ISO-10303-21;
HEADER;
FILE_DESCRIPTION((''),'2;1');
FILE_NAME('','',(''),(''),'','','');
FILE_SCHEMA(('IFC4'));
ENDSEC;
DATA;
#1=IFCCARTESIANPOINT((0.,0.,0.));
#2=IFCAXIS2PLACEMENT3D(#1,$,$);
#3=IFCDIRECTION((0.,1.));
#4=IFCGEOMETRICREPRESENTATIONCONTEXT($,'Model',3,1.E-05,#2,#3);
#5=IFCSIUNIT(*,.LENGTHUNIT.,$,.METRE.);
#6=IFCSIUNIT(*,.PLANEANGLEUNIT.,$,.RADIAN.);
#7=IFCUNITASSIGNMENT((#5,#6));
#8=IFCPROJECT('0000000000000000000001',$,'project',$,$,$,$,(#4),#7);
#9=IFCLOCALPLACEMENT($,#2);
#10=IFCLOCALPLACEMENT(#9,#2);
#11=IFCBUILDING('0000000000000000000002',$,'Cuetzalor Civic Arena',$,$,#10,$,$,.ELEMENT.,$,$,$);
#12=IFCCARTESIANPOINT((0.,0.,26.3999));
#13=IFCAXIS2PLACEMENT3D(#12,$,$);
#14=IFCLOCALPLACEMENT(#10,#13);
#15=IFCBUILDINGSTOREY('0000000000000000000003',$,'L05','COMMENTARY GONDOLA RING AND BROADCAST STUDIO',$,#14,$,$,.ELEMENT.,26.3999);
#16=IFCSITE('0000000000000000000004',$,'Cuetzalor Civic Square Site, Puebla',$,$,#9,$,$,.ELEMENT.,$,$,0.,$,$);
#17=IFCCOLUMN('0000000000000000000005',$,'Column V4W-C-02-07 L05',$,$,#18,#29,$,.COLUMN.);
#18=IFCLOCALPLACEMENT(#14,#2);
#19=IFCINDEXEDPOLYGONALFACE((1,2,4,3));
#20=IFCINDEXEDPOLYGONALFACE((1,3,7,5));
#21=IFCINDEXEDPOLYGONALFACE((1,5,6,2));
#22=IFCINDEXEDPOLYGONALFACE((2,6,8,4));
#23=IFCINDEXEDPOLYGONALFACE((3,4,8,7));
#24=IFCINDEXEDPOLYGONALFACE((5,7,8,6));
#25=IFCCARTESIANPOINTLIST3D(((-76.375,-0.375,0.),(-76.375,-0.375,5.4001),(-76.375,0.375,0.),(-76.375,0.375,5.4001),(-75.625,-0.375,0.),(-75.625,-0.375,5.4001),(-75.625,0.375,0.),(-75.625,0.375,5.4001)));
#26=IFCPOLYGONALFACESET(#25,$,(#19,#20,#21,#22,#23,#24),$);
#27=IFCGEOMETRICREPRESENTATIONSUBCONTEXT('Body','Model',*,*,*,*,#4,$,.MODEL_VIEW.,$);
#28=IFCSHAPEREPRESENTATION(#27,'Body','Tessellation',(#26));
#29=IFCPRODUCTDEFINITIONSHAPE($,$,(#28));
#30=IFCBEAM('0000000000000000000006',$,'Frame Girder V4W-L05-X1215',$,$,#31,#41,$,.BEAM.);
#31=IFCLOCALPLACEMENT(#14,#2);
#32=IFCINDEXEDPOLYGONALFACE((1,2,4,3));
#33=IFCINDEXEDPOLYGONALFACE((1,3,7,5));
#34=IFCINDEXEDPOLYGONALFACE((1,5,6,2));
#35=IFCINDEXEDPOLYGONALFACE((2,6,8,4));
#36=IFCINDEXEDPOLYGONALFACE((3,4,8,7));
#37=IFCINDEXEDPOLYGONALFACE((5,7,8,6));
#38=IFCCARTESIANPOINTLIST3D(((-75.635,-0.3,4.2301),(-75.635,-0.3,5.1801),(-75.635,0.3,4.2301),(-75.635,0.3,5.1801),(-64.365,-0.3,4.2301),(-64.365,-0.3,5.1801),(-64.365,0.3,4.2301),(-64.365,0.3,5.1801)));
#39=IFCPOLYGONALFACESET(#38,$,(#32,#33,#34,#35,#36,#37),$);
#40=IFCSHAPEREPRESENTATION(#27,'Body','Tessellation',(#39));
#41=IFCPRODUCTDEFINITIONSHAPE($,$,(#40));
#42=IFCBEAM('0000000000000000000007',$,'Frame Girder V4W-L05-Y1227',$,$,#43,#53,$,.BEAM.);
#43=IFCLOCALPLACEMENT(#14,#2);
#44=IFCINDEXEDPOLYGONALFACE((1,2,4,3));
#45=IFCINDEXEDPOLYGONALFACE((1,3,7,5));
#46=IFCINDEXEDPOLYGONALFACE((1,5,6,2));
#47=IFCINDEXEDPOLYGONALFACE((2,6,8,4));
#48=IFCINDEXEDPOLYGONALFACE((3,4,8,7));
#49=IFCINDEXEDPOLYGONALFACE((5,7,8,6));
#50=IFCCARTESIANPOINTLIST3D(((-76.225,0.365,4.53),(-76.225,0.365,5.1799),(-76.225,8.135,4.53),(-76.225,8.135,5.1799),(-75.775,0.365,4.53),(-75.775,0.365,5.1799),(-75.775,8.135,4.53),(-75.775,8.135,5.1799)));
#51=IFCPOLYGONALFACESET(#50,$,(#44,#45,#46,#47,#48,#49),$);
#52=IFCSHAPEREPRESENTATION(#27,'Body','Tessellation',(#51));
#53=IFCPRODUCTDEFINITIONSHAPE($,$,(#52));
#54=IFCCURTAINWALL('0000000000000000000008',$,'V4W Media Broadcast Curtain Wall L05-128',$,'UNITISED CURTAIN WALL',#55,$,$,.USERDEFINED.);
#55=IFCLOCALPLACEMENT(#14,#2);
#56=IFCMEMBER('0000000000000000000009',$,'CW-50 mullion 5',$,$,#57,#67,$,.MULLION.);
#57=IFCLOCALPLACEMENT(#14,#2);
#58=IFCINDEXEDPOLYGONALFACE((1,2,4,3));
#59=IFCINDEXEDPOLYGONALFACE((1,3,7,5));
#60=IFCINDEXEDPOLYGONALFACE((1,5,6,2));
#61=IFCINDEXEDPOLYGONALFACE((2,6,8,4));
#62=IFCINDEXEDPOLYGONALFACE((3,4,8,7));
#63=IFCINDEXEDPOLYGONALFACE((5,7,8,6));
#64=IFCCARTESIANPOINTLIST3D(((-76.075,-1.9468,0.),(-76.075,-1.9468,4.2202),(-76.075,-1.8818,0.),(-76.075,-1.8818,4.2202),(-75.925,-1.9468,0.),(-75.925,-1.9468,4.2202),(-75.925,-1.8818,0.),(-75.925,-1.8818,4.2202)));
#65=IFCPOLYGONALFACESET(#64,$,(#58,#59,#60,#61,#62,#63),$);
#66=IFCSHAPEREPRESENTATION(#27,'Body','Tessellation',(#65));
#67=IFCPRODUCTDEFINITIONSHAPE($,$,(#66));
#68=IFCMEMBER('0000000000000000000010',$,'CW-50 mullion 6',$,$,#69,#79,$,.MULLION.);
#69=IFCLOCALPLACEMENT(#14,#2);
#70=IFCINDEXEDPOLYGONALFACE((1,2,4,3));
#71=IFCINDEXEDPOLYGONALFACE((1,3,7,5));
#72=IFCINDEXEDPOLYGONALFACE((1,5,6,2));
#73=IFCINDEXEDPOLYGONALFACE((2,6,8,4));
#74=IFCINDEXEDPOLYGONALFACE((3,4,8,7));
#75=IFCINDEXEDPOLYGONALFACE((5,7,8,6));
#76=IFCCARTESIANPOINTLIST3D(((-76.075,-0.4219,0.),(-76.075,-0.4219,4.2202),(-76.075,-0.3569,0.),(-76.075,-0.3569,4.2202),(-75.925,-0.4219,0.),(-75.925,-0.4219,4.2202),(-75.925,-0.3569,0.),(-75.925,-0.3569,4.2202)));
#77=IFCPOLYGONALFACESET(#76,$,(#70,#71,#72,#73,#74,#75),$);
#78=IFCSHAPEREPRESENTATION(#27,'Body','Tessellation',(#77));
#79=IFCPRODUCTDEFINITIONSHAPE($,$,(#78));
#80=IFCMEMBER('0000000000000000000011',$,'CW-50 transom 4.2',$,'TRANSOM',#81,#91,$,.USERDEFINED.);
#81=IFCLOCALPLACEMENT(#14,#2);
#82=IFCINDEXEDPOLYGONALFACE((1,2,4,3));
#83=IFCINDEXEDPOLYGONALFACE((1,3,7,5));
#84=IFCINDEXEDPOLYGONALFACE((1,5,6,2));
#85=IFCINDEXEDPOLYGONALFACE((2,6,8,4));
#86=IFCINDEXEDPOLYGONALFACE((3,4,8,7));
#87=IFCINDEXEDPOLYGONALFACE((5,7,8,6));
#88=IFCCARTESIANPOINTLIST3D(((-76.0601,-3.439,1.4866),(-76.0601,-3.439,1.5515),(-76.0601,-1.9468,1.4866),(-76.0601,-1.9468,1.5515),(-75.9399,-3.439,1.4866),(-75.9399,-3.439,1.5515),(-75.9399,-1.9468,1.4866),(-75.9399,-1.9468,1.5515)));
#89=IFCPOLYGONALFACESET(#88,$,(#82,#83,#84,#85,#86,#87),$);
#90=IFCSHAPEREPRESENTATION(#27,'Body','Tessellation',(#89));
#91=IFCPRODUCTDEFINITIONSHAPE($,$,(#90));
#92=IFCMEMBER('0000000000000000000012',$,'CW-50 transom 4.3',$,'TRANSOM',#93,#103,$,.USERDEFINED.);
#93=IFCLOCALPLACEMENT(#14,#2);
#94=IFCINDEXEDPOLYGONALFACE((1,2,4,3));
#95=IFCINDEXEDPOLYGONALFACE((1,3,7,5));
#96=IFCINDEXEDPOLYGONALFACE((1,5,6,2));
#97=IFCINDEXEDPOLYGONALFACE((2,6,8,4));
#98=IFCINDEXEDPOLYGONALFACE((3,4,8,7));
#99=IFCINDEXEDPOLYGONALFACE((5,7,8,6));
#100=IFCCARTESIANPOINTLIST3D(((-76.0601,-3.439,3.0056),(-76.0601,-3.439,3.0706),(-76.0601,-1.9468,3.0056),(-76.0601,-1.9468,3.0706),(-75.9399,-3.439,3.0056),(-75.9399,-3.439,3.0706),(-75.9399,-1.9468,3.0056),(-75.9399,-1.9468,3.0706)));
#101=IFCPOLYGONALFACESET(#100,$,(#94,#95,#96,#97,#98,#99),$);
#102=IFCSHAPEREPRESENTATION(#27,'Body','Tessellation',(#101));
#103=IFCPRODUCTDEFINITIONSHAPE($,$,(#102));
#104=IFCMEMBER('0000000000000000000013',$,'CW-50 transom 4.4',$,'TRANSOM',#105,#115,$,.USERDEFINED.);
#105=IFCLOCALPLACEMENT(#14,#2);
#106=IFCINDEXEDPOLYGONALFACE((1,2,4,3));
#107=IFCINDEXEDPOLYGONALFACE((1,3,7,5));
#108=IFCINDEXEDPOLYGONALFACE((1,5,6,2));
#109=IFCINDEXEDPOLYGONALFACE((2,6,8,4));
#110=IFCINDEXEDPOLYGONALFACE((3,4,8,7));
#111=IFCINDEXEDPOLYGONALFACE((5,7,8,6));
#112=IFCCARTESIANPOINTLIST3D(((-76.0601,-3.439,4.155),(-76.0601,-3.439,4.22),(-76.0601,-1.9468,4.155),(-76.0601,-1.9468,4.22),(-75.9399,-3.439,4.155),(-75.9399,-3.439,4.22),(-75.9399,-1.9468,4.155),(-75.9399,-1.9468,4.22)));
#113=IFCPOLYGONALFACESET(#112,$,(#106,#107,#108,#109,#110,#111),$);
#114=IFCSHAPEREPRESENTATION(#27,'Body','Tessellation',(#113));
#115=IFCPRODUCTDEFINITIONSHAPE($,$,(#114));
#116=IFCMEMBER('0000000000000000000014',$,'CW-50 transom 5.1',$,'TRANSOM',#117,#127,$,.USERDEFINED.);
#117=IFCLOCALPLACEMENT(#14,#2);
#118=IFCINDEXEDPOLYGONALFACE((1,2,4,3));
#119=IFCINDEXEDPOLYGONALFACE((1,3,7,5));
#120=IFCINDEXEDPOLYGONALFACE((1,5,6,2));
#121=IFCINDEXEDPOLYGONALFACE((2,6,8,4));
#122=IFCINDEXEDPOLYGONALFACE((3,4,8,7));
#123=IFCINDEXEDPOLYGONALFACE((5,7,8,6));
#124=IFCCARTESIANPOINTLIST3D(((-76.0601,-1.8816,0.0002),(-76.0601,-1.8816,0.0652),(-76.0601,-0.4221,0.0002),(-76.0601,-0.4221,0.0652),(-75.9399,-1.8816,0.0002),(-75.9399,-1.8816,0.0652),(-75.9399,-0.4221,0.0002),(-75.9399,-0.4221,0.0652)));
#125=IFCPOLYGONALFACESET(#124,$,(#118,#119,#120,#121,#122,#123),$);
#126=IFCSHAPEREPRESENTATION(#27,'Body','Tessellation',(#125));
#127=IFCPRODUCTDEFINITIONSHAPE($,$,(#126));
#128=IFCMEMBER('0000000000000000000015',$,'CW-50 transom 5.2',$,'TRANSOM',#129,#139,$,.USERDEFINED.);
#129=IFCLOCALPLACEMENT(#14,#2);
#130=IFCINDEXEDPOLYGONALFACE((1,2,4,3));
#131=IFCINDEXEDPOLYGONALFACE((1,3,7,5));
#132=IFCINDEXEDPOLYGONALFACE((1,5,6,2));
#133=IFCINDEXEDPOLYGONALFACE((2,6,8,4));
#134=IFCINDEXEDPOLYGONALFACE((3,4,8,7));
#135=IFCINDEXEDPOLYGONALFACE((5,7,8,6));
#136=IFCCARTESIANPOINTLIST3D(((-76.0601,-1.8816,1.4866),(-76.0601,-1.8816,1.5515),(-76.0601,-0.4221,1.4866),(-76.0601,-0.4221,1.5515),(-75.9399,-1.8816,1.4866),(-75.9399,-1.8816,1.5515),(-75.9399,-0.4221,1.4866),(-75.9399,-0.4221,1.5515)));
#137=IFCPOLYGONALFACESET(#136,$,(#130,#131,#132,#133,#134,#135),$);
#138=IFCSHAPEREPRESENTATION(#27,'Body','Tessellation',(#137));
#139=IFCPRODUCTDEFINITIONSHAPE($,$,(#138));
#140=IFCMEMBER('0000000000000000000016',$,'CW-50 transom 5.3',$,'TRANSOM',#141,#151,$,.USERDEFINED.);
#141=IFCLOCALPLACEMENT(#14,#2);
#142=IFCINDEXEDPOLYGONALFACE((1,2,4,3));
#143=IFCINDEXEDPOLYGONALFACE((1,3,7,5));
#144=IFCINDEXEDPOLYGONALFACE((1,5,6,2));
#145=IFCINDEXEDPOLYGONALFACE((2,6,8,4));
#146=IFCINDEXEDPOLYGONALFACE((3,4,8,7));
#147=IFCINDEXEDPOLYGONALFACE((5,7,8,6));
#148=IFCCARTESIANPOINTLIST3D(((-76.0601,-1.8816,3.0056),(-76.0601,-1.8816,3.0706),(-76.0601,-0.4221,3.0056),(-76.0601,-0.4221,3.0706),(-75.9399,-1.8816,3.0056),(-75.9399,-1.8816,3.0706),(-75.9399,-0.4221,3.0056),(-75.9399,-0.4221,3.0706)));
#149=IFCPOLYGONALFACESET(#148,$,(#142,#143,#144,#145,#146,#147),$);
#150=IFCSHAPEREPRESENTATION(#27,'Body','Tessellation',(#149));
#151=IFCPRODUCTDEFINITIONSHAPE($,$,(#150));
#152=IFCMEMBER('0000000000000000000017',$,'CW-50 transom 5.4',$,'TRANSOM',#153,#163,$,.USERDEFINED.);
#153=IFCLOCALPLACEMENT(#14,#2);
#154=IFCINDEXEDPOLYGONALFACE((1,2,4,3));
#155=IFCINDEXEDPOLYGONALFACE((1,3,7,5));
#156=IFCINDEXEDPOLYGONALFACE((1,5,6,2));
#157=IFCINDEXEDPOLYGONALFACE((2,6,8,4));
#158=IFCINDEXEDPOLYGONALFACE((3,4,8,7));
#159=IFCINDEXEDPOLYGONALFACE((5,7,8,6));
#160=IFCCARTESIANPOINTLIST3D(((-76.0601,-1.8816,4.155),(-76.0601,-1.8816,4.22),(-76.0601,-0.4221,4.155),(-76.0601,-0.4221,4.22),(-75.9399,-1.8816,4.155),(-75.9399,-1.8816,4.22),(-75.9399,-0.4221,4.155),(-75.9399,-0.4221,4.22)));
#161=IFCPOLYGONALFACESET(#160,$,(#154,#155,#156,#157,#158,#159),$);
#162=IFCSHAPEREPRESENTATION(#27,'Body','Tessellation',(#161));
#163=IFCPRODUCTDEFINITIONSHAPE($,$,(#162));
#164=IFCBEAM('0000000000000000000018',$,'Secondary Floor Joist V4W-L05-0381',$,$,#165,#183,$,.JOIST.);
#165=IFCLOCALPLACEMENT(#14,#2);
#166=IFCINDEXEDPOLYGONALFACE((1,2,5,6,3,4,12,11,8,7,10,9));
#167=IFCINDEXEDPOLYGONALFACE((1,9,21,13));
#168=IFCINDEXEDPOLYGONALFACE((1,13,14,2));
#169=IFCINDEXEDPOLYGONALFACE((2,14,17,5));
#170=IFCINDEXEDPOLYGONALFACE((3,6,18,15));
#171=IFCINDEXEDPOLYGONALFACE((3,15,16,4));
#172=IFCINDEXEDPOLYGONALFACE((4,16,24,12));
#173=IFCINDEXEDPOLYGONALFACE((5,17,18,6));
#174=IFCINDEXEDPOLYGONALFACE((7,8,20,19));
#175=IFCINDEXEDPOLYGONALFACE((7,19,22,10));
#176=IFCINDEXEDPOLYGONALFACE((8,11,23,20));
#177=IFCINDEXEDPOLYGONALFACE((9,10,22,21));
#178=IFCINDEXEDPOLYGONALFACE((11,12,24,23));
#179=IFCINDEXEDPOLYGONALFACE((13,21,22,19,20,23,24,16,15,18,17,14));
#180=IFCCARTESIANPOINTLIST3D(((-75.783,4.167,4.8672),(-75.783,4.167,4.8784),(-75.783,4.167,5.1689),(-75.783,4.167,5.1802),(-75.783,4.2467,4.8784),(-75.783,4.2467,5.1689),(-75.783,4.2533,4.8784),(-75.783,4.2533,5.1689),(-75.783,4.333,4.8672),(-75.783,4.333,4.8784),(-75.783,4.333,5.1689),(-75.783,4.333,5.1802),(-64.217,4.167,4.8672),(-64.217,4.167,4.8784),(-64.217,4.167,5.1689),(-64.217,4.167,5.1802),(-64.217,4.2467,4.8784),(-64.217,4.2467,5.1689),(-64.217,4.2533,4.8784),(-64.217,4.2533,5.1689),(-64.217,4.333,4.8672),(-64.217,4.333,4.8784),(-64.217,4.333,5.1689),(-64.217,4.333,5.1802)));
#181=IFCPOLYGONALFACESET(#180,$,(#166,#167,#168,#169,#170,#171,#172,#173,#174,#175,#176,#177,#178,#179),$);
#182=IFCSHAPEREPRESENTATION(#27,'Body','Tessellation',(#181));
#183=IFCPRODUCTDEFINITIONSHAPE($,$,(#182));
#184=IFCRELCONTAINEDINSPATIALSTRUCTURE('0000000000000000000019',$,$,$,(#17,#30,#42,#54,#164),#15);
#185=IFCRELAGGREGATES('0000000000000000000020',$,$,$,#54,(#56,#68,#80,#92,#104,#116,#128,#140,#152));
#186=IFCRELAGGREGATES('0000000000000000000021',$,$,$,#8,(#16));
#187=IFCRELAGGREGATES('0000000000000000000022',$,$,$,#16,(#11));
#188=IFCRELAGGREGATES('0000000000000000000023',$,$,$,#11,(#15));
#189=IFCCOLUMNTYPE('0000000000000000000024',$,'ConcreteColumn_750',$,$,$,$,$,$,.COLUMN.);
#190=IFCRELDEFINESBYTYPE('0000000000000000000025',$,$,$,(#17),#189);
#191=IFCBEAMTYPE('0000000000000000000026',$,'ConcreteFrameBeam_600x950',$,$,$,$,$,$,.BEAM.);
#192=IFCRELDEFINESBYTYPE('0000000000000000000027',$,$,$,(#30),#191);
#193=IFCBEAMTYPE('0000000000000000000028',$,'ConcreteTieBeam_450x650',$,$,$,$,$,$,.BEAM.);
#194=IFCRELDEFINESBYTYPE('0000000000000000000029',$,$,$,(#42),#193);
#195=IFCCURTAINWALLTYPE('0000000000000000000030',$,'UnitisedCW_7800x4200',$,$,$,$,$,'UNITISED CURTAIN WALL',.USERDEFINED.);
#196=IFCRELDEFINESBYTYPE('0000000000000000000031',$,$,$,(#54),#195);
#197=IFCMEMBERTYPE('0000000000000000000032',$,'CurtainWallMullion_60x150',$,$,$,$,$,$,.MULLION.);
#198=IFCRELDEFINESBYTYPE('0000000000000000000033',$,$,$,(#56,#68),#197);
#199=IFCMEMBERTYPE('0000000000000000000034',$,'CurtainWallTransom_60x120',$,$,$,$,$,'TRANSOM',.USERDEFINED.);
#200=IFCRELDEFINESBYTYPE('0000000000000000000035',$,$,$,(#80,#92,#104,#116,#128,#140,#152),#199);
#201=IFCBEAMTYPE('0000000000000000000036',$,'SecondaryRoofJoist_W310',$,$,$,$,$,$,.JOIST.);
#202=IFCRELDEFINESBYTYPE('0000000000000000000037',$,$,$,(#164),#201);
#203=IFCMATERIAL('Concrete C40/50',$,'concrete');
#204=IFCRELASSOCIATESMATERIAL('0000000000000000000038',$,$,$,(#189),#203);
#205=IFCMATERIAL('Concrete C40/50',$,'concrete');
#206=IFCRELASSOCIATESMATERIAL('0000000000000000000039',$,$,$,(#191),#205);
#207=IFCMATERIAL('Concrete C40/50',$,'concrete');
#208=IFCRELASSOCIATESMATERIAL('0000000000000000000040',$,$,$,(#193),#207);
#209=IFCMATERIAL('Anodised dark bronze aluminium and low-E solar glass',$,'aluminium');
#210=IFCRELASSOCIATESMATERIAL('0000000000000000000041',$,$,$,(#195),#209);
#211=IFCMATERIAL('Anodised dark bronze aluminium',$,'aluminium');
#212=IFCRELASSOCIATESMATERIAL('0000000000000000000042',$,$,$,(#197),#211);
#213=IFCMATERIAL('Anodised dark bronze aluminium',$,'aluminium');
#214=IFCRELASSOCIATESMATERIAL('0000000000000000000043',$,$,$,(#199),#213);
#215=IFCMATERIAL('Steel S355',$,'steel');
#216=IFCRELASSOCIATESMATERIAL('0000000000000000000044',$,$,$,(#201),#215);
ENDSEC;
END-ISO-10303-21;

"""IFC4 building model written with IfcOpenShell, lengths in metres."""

from ifc_helpers import new_model, si_unit, direction, frame, origin, origin_2d, place, context, subcontext, project, spatial, rectangle, i_section, extrude, material, material_profile, profile_set, type_object, element, aggregate, save


model = new_model("IFC4")

# Units and contexts
model_context = context("Model", 3, precision=1e-05, world=origin(), true_north=direction((0.0, 1.0)))
body_context = subcontext(model_context, "Body", "Model", "MODEL_VIEW")
ifc_project = project(units=[si_unit("LENGTHUNIT", "METRE"), si_unit("PLANEANGLEUNIT", "RADIAN")], contexts=[model_context])

# Site, building, storey
site_placement = place(None, origin())
site = spatial("IfcSite", under=ifc_project, at=site_placement, Name="Cuetzalor Civic Square Site, Puebla", CompositionType="ELEMENT", RefElevation=0.0)
building_placement = place(site_placement, origin())
building = spatial("IfcBuilding", under=site, at=building_placement, Name="Cuetzalor Civic Arena", CompositionType="ELEMENT")
storey_placement = place(building_placement, frame((0.0, 0.0, 26.3999)))
storey = spatial("IfcBuildingStorey", under=building, at=storey_placement, Name="L05", Description="COMMENTARY GONDOLA RING AND BROADCAST STUDIO", CompositionType="ELEMENT", Elevation=26.3999)

# Column
ifc_material_1 = material(Name="Concrete C40/50", Category="concrete")
ifc_material_profile_1 = material_profile(ifc_material_1, rectangle(XDim=0.75, YDim=0.75, at=origin_2d()), Name="RC 750x750")
ifc_profile_set_1 = profile_set([ifc_material_profile_1], Name="Concrete C40/50")
column_type = type_object("IfcColumnType", Name="ConcreteColumn_750", PredefinedType="COLUMN", material=ifc_profile_set_1)
column_placement = place(storey_placement, frame((-76.0, 0.0, 0.0), z_axis=(0.0, 0.0, 1.0), x_axis=(1.0, 0.0, 0.0)))
element("IfcColumn", 1, at=column_placement, inside=storey, type_object=column_type, Name="Column V4W-C-02-07 L05", PredefinedType="COLUMN", context=body_context, shape_type="SweptSolid", body=[
    extrude(rectangle(XDim=0.75, YDim=0.75, at=origin_2d()), origin(), (0.0, 0.0, 1.0), 5.4001),
])

# Beams
ifc_material_2 = material(Name="Concrete C40/50", Category="concrete")
ifc_material_profile_2 = material_profile(ifc_material_2, rectangle(XDim=0.6001, YDim=0.95, at=origin_2d()), Name="RC 600x950")
ifc_profile_set_2 = profile_set([ifc_material_profile_2], Name="Concrete C40/50")
beam_type_1 = type_object("IfcBeamType", Name="ConcreteFrameBeam_600x950", PredefinedType="BEAM", material=ifc_profile_set_2)
beam_1_placement = place(storey_placement, frame((-75.635, 0.0, 4.7051), z_axis=(1.0, 0.0, 0.0), x_axis=(0.0, 1.0, 0.0)))
element("IfcBeam", 2, at=beam_1_placement, inside=storey, type_object=beam_type_1, Name="Frame Girder V4W-L05-X1215", PredefinedType="BEAM", context=body_context, shape_type="SweptSolid", body=[
    extrude(rectangle(XDim=0.6001, YDim=0.95, at=origin_2d()), origin(), (0.0, 0.0, 1.0), 11.27),
])
ifc_material_3 = material(Name="Concrete C40/50", Category="concrete")
ifc_material_profile_3 = material_profile(ifc_material_3, rectangle(XDim=0.45, YDim=0.6499, at=origin_2d()), Name="RC 450x650")
ifc_profile_set_3 = profile_set([ifc_material_profile_3], Name="Concrete C40/50")
beam_type_2 = type_object("IfcBeamType", Name="ConcreteTieBeam_450x650", PredefinedType="BEAM", material=ifc_profile_set_3)
beam_2_placement = place(storey_placement, frame((-76.0, 0.365, 4.855), z_axis=(0.0, 1.0, 0.0), x_axis=(-1.0, 0.0, 0.0)))
element("IfcBeam", 3, at=beam_2_placement, inside=storey, type_object=beam_type_2, Name="Frame Girder V4W-L05-Y1227", PredefinedType="BEAM", context=body_context, shape_type="SweptSolid", body=[
    extrude(rectangle(XDim=0.45, YDim=0.6499, at=origin_2d()), origin(), (0.0, 0.0, 1.0), 7.77),
])

# Curtain wall, members
ifc_material_4 = material(Name="Anodised dark bronze aluminium and low-E solar glass", Category="aluminium")
curtain_wall_type = type_object("IfcCurtainWallType", Name="UnitisedCW_7800x4200", ElementType="UNITISED CURTAIN WALL", PredefinedType="USERDEFINED", material=ifc_material_4)
curtain_wall_placement = place(storey_placement, origin())
curtain_wall = element("IfcCurtainWall", 4, at=curtain_wall_placement, inside=storey, type_object=curtain_wall_type, Name="V4W Media Broadcast Curtain Wall L05-128", ObjectType="UNITISED CURTAIN WALL", PredefinedType="USERDEFINED")
ifc_material_5 = material(Name="Anodised dark bronze aluminium", Category="aluminium")
ifc_material_profile_4 = material_profile(ifc_material_5, rectangle(XDim=0.0649, YDim=0.1499, at=origin_2d()), Name="ALU MULLION 65x150")
ifc_profile_set_4 = profile_set([ifc_material_profile_4], Name="Anodised dark bronze aluminium")
member_type_1 = type_object("IfcMemberType", Name="CurtainWallMullion_60x150", PredefinedType="MULLION", material=ifc_profile_set_4)
member_1_placement = place(storey_placement, frame((-76.0, -1.9143, 0.0), z_axis=(0.0, 0.0, 1.0), x_axis=(0.0, 1.0, 0.0)))
member_1 = element("IfcMember", 5, at=member_1_placement, type_object=member_type_1, Name="CW-50 mullion 5", PredefinedType="MULLION", context=body_context, shape_type="SweptSolid", body=[
    extrude(rectangle(XDim=0.0649, YDim=0.1499, at=origin_2d()), origin(), (0.0, 0.0, 1.0), 4.2202),
])
member_2_placement = place(storey_placement, frame((-76.0, -0.3894, 0.0), z_axis=(0.0, 0.0, 1.0), x_axis=(0.0, 1.0, 0.0)))
member_2 = element("IfcMember", 6, at=member_2_placement, type_object=member_type_1, Name="CW-50 mullion 6", PredefinedType="MULLION", context=body_context, shape_type="SweptSolid", body=[
    extrude(rectangle(XDim=0.0649, YDim=0.1499, at=origin_2d()), origin(), (0.0, 0.0, 1.0), 4.2202),
])
ifc_material_6 = material(Name="Anodised dark bronze aluminium", Category="aluminium")
ifc_material_profile_5 = material_profile(ifc_material_6, rectangle(XDim=0.1201, YDim=0.0649, at=origin_2d()), Name="ALU TRANSOM 65x120")
ifc_profile_set_5 = profile_set([ifc_material_profile_5], Name="Anodised dark bronze aluminium")
member_type_2 = type_object("IfcMemberType", Name="CurtainWallTransom_60x120", ElementType="TRANSOM", PredefinedType="USERDEFINED", material=ifc_profile_set_5)
member_3_placement = place(storey_placement, frame((-76.0, -3.439, 1.519), z_axis=(0.0, 1.0, 0.0), x_axis=(-1.0, 0.0, 0.0)))
member_3 = element("IfcMember", 7, at=member_3_placement, type_object=member_type_2, Name="CW-50 transom 4.2", ObjectType="TRANSOM", PredefinedType="USERDEFINED", context=body_context, shape_type="SweptSolid", body=[
    extrude(rectangle(XDim=0.1201, YDim=0.0649, at=origin_2d()), origin(), (0.0, 0.0, 1.0), 1.4922),
])
member_4_placement = place(storey_placement, frame((-76.0, -3.439, 3.0381), z_axis=(0.0, 1.0, 0.0), x_axis=(-1.0, 0.0, 0.0)))
member_4 = element("IfcMember", 8, at=member_4_placement, type_object=member_type_2, Name="CW-50 transom 4.3", ObjectType="TRANSOM", PredefinedType="USERDEFINED", context=body_context, shape_type="SweptSolid", body=[
    extrude(rectangle(XDim=0.1201, YDim=0.0649, at=origin_2d()), origin(), (0.0, 0.0, 1.0), 1.4922),
])
member_5_placement = place(storey_placement, frame((-76.0, -3.439, 4.1875), z_axis=(0.0, 1.0, 0.0), x_axis=(-1.0, 0.0, 0.0)))
member_5 = element("IfcMember", 9, at=member_5_placement, type_object=member_type_2, Name="CW-50 transom 4.4", ObjectType="TRANSOM", PredefinedType="USERDEFINED", context=body_context, shape_type="SweptSolid", body=[
    extrude(rectangle(XDim=0.1201, YDim=0.0649, at=origin_2d()), origin(), (0.0, 0.0, 1.0), 1.4922),
])
member_6_placement = place(storey_placement, frame((-76.0, -1.8816, 0.0327), z_axis=(0.0, 1.0, 0.0), x_axis=(-1.0, 0.0, 0.0)))
member_6 = element("IfcMember", 10, at=member_6_placement, type_object=member_type_2, Name="CW-50 transom 5.1", ObjectType="TRANSOM", PredefinedType="USERDEFINED", context=body_context, shape_type="SweptSolid", body=[
    extrude(rectangle(XDim=0.1201, YDim=0.0649, at=origin_2d()), origin(), (0.0, 0.0, 1.0), 1.4595),
])
member_7_placement = place(storey_placement, frame((-76.0, -1.8816, 1.519), z_axis=(0.0, 1.0, 0.0), x_axis=(-1.0, 0.0, 0.0)))
member_7 = element("IfcMember", 11, at=member_7_placement, type_object=member_type_2, Name="CW-50 transom 5.2", ObjectType="TRANSOM", PredefinedType="USERDEFINED", context=body_context, shape_type="SweptSolid", body=[
    extrude(rectangle(XDim=0.1201, YDim=0.0649, at=origin_2d()), origin(), (0.0, 0.0, 1.0), 1.4595),
])
member_8_placement = place(storey_placement, frame((-76.0, -1.8816, 3.0381), z_axis=(0.0, 1.0, 0.0), x_axis=(-1.0, 0.0, 0.0)))
member_8 = element("IfcMember", 12, at=member_8_placement, type_object=member_type_2, Name="CW-50 transom 5.3", ObjectType="TRANSOM", PredefinedType="USERDEFINED", context=body_context, shape_type="SweptSolid", body=[
    extrude(rectangle(XDim=0.1201, YDim=0.0649, at=origin_2d()), origin(), (0.0, 0.0, 1.0), 1.4595),
])
member_9_placement = place(storey_placement, frame((-76.0, -1.8816, 4.1875), z_axis=(0.0, 1.0, 0.0), x_axis=(-1.0, 0.0, 0.0)))
member_9 = element("IfcMember", 13, at=member_9_placement, type_object=member_type_2, Name="CW-50 transom 5.4", ObjectType="TRANSOM", PredefinedType="USERDEFINED", context=body_context, shape_type="SweptSolid", body=[
    extrude(rectangle(XDim=0.1201, YDim=0.0649, at=origin_2d()), origin(), (0.0, 0.0, 1.0), 1.4595),
])

# Beam
ifc_material_7 = material(Name="Steel S355", Category="steel")
ifc_material_profile_6 = material_profile(ifc_material_7, i_section(OverallWidth=0.166, OverallDepth=0.313, WebThickness=0.0066, FlangeThickness=0.0112, at=origin_2d()), Name="W310x45")
ifc_profile_set_6 = profile_set([ifc_material_profile_6], Name="Steel S355")
beam_type_3 = type_object("IfcBeamType", Name="SecondaryRoofJoist_W310", PredefinedType="JOIST", material=ifc_profile_set_6)
beam_3_placement = place(storey_placement, frame((-75.783, 4.25, 5.0237), z_axis=(1.0, 0.0, 0.0), x_axis=(0.0, 1.0, 0.0)))
element("IfcBeam", 14, at=beam_3_placement, inside=storey, type_object=beam_type_3, Name="Secondary Floor Joist V4W-L05-0381", PredefinedType="JOIST", context=body_context, shape_type="SweptSolid", body=[
    extrude(i_section(OverallWidth=0.166, OverallDepth=0.313, WebThickness=0.0066, FlangeThickness=0.0112, at=origin_2d()), origin(), (0.0, 0.0, 1.0), 11.5659),
])

aggregate(curtain_wall, [member_1, member_2, member_3, member_4, member_5, member_6, member_7, member_8, member_9])

save(model, "model.ifc")
